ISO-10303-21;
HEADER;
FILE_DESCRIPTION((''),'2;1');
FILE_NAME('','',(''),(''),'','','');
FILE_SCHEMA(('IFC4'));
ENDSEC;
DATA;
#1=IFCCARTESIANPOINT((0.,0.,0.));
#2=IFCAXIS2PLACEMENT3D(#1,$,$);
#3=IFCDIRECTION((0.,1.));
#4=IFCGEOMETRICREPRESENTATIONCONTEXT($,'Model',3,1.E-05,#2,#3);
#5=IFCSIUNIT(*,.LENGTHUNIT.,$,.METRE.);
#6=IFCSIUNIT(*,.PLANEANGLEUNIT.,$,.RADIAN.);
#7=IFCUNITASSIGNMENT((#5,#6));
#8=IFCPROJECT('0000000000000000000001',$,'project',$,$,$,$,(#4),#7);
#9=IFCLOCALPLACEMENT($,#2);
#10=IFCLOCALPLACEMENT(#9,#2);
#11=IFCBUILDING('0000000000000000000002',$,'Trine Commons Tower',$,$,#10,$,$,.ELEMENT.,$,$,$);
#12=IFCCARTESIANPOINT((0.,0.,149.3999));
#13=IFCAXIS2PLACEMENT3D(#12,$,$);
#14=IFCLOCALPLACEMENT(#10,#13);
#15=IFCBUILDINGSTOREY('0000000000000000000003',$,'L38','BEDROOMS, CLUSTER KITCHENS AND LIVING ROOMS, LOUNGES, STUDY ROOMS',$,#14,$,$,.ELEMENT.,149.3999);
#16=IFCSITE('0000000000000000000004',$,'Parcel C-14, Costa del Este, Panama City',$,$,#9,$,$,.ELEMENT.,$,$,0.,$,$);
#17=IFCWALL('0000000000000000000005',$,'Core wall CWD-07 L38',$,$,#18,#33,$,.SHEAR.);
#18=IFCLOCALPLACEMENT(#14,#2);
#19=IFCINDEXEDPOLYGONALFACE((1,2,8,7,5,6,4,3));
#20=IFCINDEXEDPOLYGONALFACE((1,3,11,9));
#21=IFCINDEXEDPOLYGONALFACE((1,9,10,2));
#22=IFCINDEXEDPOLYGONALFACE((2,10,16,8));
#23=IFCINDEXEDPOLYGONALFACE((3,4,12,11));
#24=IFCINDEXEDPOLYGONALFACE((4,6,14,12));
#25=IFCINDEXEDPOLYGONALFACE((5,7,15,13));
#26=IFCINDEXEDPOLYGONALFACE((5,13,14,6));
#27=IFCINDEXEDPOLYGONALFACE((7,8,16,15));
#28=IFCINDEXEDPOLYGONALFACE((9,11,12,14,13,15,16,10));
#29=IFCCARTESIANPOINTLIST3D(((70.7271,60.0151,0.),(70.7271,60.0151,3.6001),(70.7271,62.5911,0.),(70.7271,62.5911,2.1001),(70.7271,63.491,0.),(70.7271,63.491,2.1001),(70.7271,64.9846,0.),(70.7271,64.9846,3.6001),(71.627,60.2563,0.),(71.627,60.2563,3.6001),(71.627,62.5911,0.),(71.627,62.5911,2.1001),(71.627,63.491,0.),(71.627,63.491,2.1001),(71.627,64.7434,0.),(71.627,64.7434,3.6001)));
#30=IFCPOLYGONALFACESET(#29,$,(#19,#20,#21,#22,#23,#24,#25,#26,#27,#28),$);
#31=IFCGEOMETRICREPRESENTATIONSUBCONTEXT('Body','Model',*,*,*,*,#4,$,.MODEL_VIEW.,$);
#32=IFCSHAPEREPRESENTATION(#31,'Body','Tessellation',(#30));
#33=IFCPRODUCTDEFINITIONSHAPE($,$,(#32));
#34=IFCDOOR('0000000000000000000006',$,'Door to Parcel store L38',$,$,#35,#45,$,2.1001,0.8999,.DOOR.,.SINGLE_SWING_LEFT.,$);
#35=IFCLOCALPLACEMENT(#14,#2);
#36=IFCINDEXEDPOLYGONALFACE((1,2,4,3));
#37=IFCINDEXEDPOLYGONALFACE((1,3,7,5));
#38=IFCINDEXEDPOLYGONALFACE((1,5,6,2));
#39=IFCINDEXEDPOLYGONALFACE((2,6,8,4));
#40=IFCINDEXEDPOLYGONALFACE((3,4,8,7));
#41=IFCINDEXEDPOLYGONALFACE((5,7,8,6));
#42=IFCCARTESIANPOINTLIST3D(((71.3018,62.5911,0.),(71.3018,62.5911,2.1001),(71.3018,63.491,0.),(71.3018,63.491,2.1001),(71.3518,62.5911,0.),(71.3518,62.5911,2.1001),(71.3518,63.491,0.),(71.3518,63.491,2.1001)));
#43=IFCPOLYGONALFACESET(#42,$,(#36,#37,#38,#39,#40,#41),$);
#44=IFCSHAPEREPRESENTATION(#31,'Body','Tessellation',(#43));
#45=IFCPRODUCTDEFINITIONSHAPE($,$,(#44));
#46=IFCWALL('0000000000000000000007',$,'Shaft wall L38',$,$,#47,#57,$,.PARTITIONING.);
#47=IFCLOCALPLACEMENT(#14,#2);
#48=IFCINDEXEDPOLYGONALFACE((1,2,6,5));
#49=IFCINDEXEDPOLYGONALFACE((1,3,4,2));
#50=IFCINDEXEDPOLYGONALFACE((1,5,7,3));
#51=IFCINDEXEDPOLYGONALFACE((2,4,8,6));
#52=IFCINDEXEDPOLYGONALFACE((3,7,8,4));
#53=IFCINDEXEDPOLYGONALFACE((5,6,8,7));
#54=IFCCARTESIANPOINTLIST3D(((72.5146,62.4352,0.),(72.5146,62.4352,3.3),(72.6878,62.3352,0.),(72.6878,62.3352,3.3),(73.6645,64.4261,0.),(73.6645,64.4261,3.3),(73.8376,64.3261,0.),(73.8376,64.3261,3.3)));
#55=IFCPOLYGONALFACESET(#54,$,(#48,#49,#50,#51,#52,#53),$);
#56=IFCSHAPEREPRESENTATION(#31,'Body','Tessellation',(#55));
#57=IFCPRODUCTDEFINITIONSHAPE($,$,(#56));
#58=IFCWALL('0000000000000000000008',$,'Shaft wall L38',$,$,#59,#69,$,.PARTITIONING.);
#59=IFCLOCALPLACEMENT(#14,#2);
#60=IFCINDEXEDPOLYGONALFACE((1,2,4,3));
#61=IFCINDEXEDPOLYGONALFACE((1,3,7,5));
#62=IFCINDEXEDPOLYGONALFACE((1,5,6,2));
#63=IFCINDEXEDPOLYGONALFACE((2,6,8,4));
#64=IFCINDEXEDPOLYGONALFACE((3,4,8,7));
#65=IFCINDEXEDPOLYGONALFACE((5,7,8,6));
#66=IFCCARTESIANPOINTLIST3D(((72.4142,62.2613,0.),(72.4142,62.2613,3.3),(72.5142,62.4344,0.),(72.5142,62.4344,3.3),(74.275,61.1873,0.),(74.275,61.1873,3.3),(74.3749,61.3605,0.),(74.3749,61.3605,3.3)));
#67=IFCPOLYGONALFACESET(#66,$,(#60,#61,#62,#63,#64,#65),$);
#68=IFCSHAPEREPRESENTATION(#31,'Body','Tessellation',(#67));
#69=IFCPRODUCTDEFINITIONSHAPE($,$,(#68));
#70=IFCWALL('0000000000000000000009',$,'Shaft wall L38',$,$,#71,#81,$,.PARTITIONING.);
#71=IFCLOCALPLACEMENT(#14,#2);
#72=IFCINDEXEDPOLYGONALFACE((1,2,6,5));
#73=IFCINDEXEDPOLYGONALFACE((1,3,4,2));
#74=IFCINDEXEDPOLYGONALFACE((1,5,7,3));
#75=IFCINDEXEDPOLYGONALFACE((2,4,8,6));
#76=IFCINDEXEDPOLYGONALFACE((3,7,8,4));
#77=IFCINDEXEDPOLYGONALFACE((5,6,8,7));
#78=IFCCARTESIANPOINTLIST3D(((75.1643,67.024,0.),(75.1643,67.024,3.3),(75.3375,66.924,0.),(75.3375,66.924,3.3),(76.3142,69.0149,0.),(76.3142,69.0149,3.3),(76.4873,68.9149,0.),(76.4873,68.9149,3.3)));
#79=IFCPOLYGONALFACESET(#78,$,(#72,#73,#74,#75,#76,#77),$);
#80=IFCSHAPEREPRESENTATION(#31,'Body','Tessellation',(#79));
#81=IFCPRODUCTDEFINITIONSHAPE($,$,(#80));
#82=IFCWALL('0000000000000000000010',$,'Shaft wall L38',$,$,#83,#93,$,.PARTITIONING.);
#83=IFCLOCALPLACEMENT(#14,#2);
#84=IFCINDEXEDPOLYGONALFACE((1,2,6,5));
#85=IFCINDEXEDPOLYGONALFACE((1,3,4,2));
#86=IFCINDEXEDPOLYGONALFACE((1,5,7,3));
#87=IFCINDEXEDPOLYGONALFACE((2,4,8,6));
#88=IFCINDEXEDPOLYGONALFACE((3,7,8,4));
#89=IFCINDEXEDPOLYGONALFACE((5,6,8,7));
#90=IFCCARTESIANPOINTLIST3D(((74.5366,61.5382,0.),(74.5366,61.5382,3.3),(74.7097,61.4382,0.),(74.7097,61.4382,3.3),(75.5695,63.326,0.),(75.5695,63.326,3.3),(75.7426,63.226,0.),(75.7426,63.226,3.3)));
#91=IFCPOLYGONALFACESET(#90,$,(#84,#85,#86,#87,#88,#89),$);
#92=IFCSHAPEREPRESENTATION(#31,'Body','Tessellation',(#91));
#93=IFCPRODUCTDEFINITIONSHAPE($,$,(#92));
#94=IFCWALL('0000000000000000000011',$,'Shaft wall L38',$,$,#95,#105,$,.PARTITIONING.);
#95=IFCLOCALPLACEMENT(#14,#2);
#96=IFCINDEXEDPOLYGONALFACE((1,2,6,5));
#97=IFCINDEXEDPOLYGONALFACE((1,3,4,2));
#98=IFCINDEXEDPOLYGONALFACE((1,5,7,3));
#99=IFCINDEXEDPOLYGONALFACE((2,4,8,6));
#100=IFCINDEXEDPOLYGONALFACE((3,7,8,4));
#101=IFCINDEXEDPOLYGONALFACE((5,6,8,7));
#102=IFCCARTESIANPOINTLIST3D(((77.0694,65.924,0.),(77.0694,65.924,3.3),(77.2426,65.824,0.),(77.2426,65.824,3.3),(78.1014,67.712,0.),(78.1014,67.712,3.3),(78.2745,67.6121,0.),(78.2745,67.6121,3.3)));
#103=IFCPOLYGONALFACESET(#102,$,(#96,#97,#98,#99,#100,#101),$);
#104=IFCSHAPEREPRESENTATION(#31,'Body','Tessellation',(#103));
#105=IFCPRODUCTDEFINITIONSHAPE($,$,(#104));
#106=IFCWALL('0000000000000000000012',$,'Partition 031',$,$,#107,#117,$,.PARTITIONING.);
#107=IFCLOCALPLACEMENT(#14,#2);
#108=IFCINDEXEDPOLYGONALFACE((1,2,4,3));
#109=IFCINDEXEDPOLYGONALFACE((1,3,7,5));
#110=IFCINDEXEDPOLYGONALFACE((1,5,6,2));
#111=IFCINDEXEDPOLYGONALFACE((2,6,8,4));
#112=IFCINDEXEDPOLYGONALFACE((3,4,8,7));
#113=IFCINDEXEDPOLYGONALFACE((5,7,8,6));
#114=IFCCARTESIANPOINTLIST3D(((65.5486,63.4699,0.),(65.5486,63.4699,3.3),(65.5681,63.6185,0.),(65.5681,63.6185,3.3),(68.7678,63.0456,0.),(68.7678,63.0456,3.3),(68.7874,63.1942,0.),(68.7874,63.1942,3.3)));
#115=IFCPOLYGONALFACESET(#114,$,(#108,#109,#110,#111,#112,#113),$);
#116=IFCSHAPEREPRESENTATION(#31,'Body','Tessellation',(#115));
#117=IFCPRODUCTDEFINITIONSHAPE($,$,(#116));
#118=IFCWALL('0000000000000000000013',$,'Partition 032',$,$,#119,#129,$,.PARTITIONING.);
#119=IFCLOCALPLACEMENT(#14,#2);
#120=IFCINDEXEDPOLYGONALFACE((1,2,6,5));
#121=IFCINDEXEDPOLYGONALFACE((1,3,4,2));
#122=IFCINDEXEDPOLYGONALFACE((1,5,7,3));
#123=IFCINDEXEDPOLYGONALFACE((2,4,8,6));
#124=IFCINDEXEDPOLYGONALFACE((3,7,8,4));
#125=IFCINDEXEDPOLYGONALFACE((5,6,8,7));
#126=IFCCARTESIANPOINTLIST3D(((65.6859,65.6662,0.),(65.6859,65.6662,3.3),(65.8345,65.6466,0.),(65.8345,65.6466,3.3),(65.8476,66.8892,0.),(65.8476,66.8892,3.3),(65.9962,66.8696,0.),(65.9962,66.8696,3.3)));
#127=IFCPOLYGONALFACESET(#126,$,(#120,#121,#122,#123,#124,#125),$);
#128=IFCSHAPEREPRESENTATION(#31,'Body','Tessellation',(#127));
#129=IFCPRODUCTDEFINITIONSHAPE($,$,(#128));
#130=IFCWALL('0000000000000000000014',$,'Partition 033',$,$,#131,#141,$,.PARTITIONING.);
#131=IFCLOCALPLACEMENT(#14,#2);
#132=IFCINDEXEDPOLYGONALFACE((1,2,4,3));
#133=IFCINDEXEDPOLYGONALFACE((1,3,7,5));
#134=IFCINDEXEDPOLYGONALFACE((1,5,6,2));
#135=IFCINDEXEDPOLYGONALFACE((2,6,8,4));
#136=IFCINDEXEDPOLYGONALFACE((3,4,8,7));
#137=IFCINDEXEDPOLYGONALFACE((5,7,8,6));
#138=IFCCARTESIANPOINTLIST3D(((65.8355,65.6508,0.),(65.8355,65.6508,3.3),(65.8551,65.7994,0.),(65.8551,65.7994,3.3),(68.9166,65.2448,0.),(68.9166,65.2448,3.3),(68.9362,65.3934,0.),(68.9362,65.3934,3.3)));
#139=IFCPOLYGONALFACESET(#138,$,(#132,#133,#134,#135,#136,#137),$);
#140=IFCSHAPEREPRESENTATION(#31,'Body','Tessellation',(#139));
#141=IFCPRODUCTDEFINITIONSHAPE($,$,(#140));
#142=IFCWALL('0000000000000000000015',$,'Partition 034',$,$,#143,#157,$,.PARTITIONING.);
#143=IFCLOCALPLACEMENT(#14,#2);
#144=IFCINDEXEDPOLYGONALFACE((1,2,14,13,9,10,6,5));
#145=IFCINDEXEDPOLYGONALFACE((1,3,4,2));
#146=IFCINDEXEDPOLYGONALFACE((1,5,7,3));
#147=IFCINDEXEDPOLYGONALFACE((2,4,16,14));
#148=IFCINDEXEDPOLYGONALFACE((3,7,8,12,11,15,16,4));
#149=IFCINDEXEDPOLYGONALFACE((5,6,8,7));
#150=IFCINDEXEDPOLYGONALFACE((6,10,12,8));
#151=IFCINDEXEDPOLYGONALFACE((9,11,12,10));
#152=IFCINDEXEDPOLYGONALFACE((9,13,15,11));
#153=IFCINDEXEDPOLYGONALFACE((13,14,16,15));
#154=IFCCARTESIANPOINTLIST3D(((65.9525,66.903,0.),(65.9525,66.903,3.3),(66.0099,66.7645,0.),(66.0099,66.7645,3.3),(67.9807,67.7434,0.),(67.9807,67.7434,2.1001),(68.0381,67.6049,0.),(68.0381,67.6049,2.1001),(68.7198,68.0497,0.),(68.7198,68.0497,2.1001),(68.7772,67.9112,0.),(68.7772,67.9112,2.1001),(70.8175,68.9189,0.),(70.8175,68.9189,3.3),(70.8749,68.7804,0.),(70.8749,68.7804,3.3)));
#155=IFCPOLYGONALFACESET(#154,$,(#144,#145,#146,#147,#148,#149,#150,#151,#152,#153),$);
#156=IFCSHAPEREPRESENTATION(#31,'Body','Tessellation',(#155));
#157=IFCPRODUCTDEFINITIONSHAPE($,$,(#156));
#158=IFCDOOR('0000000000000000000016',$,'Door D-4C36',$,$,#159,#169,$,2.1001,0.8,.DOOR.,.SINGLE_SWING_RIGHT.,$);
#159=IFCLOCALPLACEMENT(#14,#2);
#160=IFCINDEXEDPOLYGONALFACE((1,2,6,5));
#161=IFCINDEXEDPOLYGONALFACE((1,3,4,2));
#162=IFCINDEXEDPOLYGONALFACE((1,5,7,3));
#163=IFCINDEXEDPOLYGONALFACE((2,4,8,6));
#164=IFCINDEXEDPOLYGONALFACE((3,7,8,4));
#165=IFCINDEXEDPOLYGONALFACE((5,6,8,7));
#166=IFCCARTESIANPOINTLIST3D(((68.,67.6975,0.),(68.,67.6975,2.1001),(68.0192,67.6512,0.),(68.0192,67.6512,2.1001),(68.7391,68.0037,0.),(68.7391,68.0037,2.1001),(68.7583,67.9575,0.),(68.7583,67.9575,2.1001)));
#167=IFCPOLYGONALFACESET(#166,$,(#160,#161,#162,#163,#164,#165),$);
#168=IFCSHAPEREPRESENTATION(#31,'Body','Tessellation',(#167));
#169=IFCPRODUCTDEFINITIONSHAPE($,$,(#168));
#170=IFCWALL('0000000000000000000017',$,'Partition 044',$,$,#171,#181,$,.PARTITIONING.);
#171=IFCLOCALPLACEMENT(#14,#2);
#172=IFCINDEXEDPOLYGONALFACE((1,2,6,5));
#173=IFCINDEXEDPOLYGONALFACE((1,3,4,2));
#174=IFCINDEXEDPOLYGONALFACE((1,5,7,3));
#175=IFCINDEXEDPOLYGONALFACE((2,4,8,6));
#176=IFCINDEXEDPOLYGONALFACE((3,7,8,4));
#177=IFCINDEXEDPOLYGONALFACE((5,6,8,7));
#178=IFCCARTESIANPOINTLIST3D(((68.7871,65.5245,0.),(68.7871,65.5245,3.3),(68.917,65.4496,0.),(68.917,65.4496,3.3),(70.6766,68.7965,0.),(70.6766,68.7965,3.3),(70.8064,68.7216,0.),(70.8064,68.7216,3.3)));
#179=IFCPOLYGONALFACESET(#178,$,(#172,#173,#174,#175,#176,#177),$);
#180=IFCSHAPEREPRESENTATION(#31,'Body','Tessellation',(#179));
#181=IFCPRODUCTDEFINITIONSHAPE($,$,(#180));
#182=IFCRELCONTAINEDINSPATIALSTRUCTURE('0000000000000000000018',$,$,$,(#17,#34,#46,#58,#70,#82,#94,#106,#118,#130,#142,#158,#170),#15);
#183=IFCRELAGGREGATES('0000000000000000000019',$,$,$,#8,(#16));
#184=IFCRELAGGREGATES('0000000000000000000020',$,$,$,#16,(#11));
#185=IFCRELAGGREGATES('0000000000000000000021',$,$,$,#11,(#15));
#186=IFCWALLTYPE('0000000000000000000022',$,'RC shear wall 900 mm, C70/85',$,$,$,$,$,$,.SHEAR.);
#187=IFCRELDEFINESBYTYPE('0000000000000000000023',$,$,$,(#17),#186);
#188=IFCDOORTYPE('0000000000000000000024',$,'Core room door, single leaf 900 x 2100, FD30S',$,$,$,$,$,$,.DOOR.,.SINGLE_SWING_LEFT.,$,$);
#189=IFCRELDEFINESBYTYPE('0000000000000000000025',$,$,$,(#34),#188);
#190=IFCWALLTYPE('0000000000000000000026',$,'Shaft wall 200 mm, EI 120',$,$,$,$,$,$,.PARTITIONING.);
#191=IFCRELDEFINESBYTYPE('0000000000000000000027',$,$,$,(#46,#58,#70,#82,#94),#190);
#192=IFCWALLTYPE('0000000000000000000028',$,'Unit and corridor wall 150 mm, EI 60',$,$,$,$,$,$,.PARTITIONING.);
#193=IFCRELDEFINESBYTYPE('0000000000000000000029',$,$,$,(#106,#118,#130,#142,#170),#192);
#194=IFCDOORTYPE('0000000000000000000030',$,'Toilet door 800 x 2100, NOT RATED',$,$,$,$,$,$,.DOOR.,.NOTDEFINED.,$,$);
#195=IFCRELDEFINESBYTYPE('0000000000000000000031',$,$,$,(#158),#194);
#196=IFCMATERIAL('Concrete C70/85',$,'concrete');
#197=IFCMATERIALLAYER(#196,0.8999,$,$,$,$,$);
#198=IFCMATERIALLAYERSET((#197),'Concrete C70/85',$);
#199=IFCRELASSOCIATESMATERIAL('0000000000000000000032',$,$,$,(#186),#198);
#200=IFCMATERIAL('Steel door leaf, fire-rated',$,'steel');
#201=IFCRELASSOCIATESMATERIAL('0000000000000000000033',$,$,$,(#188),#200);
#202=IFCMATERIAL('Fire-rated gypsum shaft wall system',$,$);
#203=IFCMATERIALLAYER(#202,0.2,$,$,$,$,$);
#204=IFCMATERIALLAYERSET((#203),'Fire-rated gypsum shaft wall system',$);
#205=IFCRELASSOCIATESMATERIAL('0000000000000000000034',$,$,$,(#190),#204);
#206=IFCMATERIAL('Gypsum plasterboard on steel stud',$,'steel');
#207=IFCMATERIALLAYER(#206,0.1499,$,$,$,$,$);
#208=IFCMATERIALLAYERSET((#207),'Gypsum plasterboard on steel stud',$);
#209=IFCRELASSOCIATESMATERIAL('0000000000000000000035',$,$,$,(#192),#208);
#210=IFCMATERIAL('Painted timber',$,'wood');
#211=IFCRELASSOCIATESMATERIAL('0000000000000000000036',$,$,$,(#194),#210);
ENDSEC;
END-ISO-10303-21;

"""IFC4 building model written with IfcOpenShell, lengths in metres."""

from ifc_helpers import new_model, si_unit, direction, frame, frame_2d, origin, place, context, subcontext, project, spatial, polyline, rectangle, outline, extrude, material, layer, layer_set, type_object, element, fill, save


model = new_model("IFC4")

# Units and contexts
model_context = context("Model", 3, precision=1e-05, world=origin(), true_north=direction((0.0, 1.0)))
body_context = subcontext(model_context, "Body", "Model", "MODEL_VIEW")
ifc_project = project(units=[si_unit("LENGTHUNIT", "METRE"), si_unit("PLANEANGLEUNIT", "RADIAN")], contexts=[model_context])

# Site, building, storey
site_placement = place(None, origin())
site = spatial("IfcSite", under=ifc_project, at=site_placement, Name="Parcel C-14, Costa del Este, Panama City", CompositionType="ELEMENT", RefElevation=0.0)
building_placement = place(site_placement, origin())
building = spatial("IfcBuilding", under=site, at=building_placement, Name="Trine Commons Tower", CompositionType="ELEMENT")
storey_placement = place(building_placement, frame((0.0, 0.0, 149.3999)))
storey = spatial("IfcBuildingStorey", under=building, at=storey_placement, Name="L38", Description="BEDROOMS, CLUSTER KITCHENS AND LIVING ROOMS, LOUNGES, STUDY ROOMS", CompositionType="ELEMENT", Elevation=149.3999)

# Shared definitions
ifc_material_1 = material(Name="Fire-rated gypsum shaft wall system")
ifc_material_2 = material(Name="Steel door leaf, fire-rated", Category="steel")
ifc_material_3 = material(Name="Concrete C70/85", Category="concrete")

# Wall, opening, door
ifc_layer_1 = layer(ifc_material_3, 0.8999)
ifc_layer_set_1 = layer_set([ifc_layer_1], Name="Concrete C70/85")
wall_type_1 = type_object("IfcWallType", Name="RC shear wall 900 mm, C70/85", PredefinedType="SHEAR", material=ifc_layer_set_1)
wall_1_placement = place(storey_placement, frame((71.177, 64.9846, 0.0), z_axis=(0.0, 0.0, 1.0), x_axis=(0.0, -1.0, 0.0)))
wall_1 = element("IfcWall", 1, at=wall_1_placement, inside=storey, type_object=wall_type_1, Name="Core wall CWD-07 L38", PredefinedType="SHEAR", context=body_context, shape_type="SweptSolid", body=[
    extrude(outline(polyline([(0.0, -0.45), (4.9695, -0.45), (4.7283, 0.45), (0.2412, 0.45), (0.0, -0.45)])), origin(), (0.0, 0.0, 1.0), 3.6001),
])
opening_1_placement = place(wall_1_placement, frame((1.4937, 0.0, 0.0)))
opening_1 = element("IfcOpeningElement", 2, at=opening_1_placement, cuts=wall_1, PredefinedType="OPENING", context=body_context, shape_type="SweptSolid", body=[
    extrude(rectangle(XDim=0.8999, YDim=2.1001, at=frame_2d((0.45, 1.05))), frame((0.0, 0.46, 0.0), z_axis=(0.0, -1.0, 0.0), x_axis=(1.0, 0.0, 0.0)), (0.0, 0.0, 1.0), 0.9199),
])
door_type_1 = type_object("IfcDoorType", Name="Core room door, single leaf 900 x 2100, FD30S", OperationType="SINGLE_SWING_LEFT", PredefinedType="DOOR", material=ifc_material_2)
door_1_placement = place(opening_1_placement, origin())
door_1 = element("IfcDoor", 3, at=door_1_placement, inside=storey, type_object=door_type_1, Name="Door to Parcel store L38", OperationType="SINGLE_SWING_LEFT", OverallHeight=2.1001, OverallWidth=0.8999, PredefinedType="DOOR", context=body_context, shape_type="SweptSolid", body=[
    extrude(rectangle(XDim=0.8999, YDim=2.1001, at=frame_2d((0.45, 1.05))), frame((0.0, 0.1748, 0.0), z_axis=(0.0, -1.0, 0.0), x_axis=(1.0, 0.0, 0.0)), (0.0, 0.0, 1.0), 0.05),
])
fill(opening_1, door_1)

# Walls
ifc_layer_2 = layer(ifc_material_1, 0.2)
ifc_layer_set_2 = layer_set([ifc_layer_2], Name="Fire-rated gypsum shaft wall system")
wall_type_2 = type_object("IfcWallType", Name="Shaft wall 200 mm, EI 120", PredefinedType="PARTITIONING", material=ifc_layer_set_2)
wall_2_placement = place(storey_placement, frame((73.751, 64.376, 0.0), z_axis=(0.0, 0.0, 1.0), x_axis=(-0.500136, -0.865947, 0.0)))
element("IfcWall", 4, at=wall_2_placement, inside=storey, type_object=wall_type_2, Name="Shaft wall L38", PredefinedType="PARTITIONING", context=body_context, shape_type="SweptSolid", body=[
    extrude(rectangle(XDim=2.2991, YDim=0.2, at=frame_2d((1.1494, 0.0))), origin(), (0.0, 0.0, 1.0), 3.3),
])
wall_3_placement = place(storey_placement, frame((74.325, 61.2739, 0.0), z_axis=(0.0, 0.0, 1.0), x_axis=(-0.866102, 0.499867, 0.0)))
element("IfcWall", 5, at=wall_3_placement, inside=storey, type_object=wall_type_2, Name="Shaft wall L38", PredefinedType="PARTITIONING", context=body_context, shape_type="SweptSolid", body=[
    extrude(rectangle(XDim=2.1484, YDim=0.2, at=frame_2d((1.0742, 0.0))), origin(), (0.0, 0.0, 1.0), 3.3),
])
wall_4_placement = place(storey_placement, frame((75.251, 66.9741, 0.0), z_axis=(0.0, 0.0, 1.0), x_axis=(0.500136, 0.865947, 0.0)))
element("IfcWall", 6, at=wall_4_placement, inside=storey, type_object=wall_type_2, Name="Shaft wall L38", PredefinedType="PARTITIONING", context=body_context, shape_type="SweptSolid", body=[
    extrude(rectangle(XDim=2.2991, YDim=0.2, at=frame_2d((1.1494, 0.0))), origin(), (0.0, 0.0, 1.0), 3.3),
])
wall_5_placement = place(storey_placement, frame((75.656, 63.2759, 0.0), z_axis=(0.0, 0.0, 1.0), x_axis=(-0.500272, -0.865868, 0.0)))
element("IfcWall", 7, at=wall_5_placement, inside=storey, type_object=wall_type_2, Name="Shaft wall L38", PredefinedType="PARTITIONING", context=body_context, shape_type="SweptSolid", body=[
    extrude(rectangle(XDim=2.0647, YDim=0.2, at=frame_2d((1.0322, 0.0))), origin(), (0.0, 0.0, 1.0), 3.3),
])
wall_6_placement = place(storey_placement, frame((77.156, 65.874, 0.0), z_axis=(0.0, 0.0, 1.0), x_axis=(0.499866, 0.866103, 0.0)))
element("IfcWall", 8, at=wall_6_placement, inside=storey, type_object=wall_type_2, Name="Shaft wall L38", PredefinedType="PARTITIONING", context=body_context, shape_type="SweptSolid", body=[
    extrude(rectangle(XDim=2.0645, YDim=0.2, at=frame_2d((1.0322, 0.0))), origin(), (0.0, 0.0, 1.0), 3.3),
])
ifc_material_4 = material(Name="Gypsum plasterboard on steel stud", Category="steel")
ifc_layer_3 = layer(ifc_material_4, 0.1499)
ifc_layer_set_3 = layer_set([ifc_layer_3], Name="Gypsum plasterboard on steel stud")
wall_type_3 = type_object("IfcWallType", Name="Unit and corridor wall 150 mm, EI 60", PredefinedType="PARTITIONING", material=ifc_layer_set_3)
wall_7_placement = place(storey_placement, frame((65.5583, 63.5442, 0.0), z_axis=(0.0, 0.0, 1.0), x_axis=(0.991425, -0.130676, 0.0)))
element("IfcWall", 9, at=wall_7_placement, inside=storey, type_object=wall_type_3, Name="Partition 031", PredefinedType="PARTITIONING", context=body_context, shape_type="SweptSolid", body=[
    extrude(rectangle(XDim=3.2471, YDim=0.1499, at=frame_2d((1.6235, 0.0))), origin(), (0.0, 0.0, 1.0), 3.3),
])
wall_8_placement = place(storey_placement, frame((65.7603, 65.6565, 0.0), z_axis=(0.0, 0.0, 1.0), x_axis=(0.131023, 0.991379, 0.0)))
element("IfcWall", 10, at=wall_8_placement, inside=storey, type_object=wall_type_3, Name="Partition 032", PredefinedType="PARTITIONING", context=body_context, shape_type="SweptSolid", body=[
    extrude(rectangle(XDim=1.2336, YDim=0.1499, at=frame_2d((0.6167, 0.0))), origin(), (0.0, 0.0, 1.0), 3.3),
])
wall_9_placement = place(storey_placement, frame((65.8455, 65.7251, 0.0), z_axis=(0.0, 0.0, 1.0), x_axis=(0.991429, -0.130646, 0.0)))
element("IfcWall", 11, at=wall_9_placement, inside=storey, type_object=wall_type_3, Name="Partition 033", PredefinedType="PARTITIONING", context=body_context, shape_type="SweptSolid", body=[
    extrude(rectangle(XDim=3.1077, YDim=0.1499, at=frame_2d((1.5537, 0.0))), origin(), (0.0, 0.0, 1.0), 3.3),
])

# Wall, opening, door
wall_10_placement = place(storey_placement, frame((65.9812, 66.8337, 0.0), z_axis=(0.0, 0.0, 1.0), x_axis=(0.923831, 0.382801, 0.0)))
wall_10 = element("IfcWall", 12, at=wall_10_placement, inside=storey, type_object=wall_type_3, Name="Partition 034", PredefinedType="PARTITIONING", context=body_context, shape_type="SweptSolid", body=[
    extrude(rectangle(XDim=5.2661, YDim=0.1499, at=frame_2d((2.6331, 0.0))), origin(), (0.0, 0.0, 1.0), 3.3),
])
opening_2_placement = place(wall_10_placement, frame((2.1956, 0.0, 0.0)))
opening_2 = element("IfcOpeningElement", 13, at=opening_2_placement, cuts=wall_10, PredefinedType="OPENING", context=body_context, shape_type="SweptSolid", body=[
    extrude(rectangle(XDim=0.8, YDim=2.1001, at=frame_2d((0.3999, 1.05))), frame((0.0, 0.085, 0.0), z_axis=(0.0, -1.0, 0.0), x_axis=(1.0, 0.0, 0.0)), (0.0, 0.0, 1.0), 0.1699),
])
ifc_material_5 = material(Name="Painted timber", Category="wood")
door_type_2 = type_object("IfcDoorType", Name="Toilet door 800 x 2100, NOT RATED", OperationType="NOTDEFINED", PredefinedType="DOOR", material=ifc_material_5)
door_2_placement = place(opening_2_placement, frame((0.8, 0.0, 0.0), z_axis=(0.0, 0.0, 1.0), x_axis=(-1.0, 0.0, 0.0)))
door_2 = element("IfcDoor", 14, at=door_2_placement, inside=storey, type_object=door_type_2, Name="Door D-4C36", OperationType="SINGLE_SWING_RIGHT", OverallHeight=2.1001, OverallWidth=0.8, PredefinedType="DOOR", context=body_context, shape_type="SweptSolid", body=[
    extrude(rectangle(XDim=0.8, YDim=2.1001, at=frame_2d((0.3999, 1.05))), frame((0.0, 0.0249, 0.0), z_axis=(0.0, -1.0, 0.0), x_axis=(1.0, 0.0, 0.0)), (0.0, 0.0, 1.0), 0.05),
])
fill(opening_2, door_2)

# Wall
wall_11_placement = place(storey_placement, frame((68.8521, 65.4871, 0.0), z_axis=(0.0, 0.0, 1.0), x_axis=(0.500066, 0.865988, 0.0)))
element("IfcWall", 15, at=wall_11_placement, inside=storey, type_object=wall_type_3, Name="Partition 044", PredefinedType="PARTITIONING", context=body_context, shape_type="SweptSolid", body=[
    extrude(rectangle(XDim=3.7783, YDim=0.1499, at=frame_2d((1.8892, 0.0))), origin(), (0.0, 0.0, 1.0), 3.3),
])

save(model, "model.ifc")
